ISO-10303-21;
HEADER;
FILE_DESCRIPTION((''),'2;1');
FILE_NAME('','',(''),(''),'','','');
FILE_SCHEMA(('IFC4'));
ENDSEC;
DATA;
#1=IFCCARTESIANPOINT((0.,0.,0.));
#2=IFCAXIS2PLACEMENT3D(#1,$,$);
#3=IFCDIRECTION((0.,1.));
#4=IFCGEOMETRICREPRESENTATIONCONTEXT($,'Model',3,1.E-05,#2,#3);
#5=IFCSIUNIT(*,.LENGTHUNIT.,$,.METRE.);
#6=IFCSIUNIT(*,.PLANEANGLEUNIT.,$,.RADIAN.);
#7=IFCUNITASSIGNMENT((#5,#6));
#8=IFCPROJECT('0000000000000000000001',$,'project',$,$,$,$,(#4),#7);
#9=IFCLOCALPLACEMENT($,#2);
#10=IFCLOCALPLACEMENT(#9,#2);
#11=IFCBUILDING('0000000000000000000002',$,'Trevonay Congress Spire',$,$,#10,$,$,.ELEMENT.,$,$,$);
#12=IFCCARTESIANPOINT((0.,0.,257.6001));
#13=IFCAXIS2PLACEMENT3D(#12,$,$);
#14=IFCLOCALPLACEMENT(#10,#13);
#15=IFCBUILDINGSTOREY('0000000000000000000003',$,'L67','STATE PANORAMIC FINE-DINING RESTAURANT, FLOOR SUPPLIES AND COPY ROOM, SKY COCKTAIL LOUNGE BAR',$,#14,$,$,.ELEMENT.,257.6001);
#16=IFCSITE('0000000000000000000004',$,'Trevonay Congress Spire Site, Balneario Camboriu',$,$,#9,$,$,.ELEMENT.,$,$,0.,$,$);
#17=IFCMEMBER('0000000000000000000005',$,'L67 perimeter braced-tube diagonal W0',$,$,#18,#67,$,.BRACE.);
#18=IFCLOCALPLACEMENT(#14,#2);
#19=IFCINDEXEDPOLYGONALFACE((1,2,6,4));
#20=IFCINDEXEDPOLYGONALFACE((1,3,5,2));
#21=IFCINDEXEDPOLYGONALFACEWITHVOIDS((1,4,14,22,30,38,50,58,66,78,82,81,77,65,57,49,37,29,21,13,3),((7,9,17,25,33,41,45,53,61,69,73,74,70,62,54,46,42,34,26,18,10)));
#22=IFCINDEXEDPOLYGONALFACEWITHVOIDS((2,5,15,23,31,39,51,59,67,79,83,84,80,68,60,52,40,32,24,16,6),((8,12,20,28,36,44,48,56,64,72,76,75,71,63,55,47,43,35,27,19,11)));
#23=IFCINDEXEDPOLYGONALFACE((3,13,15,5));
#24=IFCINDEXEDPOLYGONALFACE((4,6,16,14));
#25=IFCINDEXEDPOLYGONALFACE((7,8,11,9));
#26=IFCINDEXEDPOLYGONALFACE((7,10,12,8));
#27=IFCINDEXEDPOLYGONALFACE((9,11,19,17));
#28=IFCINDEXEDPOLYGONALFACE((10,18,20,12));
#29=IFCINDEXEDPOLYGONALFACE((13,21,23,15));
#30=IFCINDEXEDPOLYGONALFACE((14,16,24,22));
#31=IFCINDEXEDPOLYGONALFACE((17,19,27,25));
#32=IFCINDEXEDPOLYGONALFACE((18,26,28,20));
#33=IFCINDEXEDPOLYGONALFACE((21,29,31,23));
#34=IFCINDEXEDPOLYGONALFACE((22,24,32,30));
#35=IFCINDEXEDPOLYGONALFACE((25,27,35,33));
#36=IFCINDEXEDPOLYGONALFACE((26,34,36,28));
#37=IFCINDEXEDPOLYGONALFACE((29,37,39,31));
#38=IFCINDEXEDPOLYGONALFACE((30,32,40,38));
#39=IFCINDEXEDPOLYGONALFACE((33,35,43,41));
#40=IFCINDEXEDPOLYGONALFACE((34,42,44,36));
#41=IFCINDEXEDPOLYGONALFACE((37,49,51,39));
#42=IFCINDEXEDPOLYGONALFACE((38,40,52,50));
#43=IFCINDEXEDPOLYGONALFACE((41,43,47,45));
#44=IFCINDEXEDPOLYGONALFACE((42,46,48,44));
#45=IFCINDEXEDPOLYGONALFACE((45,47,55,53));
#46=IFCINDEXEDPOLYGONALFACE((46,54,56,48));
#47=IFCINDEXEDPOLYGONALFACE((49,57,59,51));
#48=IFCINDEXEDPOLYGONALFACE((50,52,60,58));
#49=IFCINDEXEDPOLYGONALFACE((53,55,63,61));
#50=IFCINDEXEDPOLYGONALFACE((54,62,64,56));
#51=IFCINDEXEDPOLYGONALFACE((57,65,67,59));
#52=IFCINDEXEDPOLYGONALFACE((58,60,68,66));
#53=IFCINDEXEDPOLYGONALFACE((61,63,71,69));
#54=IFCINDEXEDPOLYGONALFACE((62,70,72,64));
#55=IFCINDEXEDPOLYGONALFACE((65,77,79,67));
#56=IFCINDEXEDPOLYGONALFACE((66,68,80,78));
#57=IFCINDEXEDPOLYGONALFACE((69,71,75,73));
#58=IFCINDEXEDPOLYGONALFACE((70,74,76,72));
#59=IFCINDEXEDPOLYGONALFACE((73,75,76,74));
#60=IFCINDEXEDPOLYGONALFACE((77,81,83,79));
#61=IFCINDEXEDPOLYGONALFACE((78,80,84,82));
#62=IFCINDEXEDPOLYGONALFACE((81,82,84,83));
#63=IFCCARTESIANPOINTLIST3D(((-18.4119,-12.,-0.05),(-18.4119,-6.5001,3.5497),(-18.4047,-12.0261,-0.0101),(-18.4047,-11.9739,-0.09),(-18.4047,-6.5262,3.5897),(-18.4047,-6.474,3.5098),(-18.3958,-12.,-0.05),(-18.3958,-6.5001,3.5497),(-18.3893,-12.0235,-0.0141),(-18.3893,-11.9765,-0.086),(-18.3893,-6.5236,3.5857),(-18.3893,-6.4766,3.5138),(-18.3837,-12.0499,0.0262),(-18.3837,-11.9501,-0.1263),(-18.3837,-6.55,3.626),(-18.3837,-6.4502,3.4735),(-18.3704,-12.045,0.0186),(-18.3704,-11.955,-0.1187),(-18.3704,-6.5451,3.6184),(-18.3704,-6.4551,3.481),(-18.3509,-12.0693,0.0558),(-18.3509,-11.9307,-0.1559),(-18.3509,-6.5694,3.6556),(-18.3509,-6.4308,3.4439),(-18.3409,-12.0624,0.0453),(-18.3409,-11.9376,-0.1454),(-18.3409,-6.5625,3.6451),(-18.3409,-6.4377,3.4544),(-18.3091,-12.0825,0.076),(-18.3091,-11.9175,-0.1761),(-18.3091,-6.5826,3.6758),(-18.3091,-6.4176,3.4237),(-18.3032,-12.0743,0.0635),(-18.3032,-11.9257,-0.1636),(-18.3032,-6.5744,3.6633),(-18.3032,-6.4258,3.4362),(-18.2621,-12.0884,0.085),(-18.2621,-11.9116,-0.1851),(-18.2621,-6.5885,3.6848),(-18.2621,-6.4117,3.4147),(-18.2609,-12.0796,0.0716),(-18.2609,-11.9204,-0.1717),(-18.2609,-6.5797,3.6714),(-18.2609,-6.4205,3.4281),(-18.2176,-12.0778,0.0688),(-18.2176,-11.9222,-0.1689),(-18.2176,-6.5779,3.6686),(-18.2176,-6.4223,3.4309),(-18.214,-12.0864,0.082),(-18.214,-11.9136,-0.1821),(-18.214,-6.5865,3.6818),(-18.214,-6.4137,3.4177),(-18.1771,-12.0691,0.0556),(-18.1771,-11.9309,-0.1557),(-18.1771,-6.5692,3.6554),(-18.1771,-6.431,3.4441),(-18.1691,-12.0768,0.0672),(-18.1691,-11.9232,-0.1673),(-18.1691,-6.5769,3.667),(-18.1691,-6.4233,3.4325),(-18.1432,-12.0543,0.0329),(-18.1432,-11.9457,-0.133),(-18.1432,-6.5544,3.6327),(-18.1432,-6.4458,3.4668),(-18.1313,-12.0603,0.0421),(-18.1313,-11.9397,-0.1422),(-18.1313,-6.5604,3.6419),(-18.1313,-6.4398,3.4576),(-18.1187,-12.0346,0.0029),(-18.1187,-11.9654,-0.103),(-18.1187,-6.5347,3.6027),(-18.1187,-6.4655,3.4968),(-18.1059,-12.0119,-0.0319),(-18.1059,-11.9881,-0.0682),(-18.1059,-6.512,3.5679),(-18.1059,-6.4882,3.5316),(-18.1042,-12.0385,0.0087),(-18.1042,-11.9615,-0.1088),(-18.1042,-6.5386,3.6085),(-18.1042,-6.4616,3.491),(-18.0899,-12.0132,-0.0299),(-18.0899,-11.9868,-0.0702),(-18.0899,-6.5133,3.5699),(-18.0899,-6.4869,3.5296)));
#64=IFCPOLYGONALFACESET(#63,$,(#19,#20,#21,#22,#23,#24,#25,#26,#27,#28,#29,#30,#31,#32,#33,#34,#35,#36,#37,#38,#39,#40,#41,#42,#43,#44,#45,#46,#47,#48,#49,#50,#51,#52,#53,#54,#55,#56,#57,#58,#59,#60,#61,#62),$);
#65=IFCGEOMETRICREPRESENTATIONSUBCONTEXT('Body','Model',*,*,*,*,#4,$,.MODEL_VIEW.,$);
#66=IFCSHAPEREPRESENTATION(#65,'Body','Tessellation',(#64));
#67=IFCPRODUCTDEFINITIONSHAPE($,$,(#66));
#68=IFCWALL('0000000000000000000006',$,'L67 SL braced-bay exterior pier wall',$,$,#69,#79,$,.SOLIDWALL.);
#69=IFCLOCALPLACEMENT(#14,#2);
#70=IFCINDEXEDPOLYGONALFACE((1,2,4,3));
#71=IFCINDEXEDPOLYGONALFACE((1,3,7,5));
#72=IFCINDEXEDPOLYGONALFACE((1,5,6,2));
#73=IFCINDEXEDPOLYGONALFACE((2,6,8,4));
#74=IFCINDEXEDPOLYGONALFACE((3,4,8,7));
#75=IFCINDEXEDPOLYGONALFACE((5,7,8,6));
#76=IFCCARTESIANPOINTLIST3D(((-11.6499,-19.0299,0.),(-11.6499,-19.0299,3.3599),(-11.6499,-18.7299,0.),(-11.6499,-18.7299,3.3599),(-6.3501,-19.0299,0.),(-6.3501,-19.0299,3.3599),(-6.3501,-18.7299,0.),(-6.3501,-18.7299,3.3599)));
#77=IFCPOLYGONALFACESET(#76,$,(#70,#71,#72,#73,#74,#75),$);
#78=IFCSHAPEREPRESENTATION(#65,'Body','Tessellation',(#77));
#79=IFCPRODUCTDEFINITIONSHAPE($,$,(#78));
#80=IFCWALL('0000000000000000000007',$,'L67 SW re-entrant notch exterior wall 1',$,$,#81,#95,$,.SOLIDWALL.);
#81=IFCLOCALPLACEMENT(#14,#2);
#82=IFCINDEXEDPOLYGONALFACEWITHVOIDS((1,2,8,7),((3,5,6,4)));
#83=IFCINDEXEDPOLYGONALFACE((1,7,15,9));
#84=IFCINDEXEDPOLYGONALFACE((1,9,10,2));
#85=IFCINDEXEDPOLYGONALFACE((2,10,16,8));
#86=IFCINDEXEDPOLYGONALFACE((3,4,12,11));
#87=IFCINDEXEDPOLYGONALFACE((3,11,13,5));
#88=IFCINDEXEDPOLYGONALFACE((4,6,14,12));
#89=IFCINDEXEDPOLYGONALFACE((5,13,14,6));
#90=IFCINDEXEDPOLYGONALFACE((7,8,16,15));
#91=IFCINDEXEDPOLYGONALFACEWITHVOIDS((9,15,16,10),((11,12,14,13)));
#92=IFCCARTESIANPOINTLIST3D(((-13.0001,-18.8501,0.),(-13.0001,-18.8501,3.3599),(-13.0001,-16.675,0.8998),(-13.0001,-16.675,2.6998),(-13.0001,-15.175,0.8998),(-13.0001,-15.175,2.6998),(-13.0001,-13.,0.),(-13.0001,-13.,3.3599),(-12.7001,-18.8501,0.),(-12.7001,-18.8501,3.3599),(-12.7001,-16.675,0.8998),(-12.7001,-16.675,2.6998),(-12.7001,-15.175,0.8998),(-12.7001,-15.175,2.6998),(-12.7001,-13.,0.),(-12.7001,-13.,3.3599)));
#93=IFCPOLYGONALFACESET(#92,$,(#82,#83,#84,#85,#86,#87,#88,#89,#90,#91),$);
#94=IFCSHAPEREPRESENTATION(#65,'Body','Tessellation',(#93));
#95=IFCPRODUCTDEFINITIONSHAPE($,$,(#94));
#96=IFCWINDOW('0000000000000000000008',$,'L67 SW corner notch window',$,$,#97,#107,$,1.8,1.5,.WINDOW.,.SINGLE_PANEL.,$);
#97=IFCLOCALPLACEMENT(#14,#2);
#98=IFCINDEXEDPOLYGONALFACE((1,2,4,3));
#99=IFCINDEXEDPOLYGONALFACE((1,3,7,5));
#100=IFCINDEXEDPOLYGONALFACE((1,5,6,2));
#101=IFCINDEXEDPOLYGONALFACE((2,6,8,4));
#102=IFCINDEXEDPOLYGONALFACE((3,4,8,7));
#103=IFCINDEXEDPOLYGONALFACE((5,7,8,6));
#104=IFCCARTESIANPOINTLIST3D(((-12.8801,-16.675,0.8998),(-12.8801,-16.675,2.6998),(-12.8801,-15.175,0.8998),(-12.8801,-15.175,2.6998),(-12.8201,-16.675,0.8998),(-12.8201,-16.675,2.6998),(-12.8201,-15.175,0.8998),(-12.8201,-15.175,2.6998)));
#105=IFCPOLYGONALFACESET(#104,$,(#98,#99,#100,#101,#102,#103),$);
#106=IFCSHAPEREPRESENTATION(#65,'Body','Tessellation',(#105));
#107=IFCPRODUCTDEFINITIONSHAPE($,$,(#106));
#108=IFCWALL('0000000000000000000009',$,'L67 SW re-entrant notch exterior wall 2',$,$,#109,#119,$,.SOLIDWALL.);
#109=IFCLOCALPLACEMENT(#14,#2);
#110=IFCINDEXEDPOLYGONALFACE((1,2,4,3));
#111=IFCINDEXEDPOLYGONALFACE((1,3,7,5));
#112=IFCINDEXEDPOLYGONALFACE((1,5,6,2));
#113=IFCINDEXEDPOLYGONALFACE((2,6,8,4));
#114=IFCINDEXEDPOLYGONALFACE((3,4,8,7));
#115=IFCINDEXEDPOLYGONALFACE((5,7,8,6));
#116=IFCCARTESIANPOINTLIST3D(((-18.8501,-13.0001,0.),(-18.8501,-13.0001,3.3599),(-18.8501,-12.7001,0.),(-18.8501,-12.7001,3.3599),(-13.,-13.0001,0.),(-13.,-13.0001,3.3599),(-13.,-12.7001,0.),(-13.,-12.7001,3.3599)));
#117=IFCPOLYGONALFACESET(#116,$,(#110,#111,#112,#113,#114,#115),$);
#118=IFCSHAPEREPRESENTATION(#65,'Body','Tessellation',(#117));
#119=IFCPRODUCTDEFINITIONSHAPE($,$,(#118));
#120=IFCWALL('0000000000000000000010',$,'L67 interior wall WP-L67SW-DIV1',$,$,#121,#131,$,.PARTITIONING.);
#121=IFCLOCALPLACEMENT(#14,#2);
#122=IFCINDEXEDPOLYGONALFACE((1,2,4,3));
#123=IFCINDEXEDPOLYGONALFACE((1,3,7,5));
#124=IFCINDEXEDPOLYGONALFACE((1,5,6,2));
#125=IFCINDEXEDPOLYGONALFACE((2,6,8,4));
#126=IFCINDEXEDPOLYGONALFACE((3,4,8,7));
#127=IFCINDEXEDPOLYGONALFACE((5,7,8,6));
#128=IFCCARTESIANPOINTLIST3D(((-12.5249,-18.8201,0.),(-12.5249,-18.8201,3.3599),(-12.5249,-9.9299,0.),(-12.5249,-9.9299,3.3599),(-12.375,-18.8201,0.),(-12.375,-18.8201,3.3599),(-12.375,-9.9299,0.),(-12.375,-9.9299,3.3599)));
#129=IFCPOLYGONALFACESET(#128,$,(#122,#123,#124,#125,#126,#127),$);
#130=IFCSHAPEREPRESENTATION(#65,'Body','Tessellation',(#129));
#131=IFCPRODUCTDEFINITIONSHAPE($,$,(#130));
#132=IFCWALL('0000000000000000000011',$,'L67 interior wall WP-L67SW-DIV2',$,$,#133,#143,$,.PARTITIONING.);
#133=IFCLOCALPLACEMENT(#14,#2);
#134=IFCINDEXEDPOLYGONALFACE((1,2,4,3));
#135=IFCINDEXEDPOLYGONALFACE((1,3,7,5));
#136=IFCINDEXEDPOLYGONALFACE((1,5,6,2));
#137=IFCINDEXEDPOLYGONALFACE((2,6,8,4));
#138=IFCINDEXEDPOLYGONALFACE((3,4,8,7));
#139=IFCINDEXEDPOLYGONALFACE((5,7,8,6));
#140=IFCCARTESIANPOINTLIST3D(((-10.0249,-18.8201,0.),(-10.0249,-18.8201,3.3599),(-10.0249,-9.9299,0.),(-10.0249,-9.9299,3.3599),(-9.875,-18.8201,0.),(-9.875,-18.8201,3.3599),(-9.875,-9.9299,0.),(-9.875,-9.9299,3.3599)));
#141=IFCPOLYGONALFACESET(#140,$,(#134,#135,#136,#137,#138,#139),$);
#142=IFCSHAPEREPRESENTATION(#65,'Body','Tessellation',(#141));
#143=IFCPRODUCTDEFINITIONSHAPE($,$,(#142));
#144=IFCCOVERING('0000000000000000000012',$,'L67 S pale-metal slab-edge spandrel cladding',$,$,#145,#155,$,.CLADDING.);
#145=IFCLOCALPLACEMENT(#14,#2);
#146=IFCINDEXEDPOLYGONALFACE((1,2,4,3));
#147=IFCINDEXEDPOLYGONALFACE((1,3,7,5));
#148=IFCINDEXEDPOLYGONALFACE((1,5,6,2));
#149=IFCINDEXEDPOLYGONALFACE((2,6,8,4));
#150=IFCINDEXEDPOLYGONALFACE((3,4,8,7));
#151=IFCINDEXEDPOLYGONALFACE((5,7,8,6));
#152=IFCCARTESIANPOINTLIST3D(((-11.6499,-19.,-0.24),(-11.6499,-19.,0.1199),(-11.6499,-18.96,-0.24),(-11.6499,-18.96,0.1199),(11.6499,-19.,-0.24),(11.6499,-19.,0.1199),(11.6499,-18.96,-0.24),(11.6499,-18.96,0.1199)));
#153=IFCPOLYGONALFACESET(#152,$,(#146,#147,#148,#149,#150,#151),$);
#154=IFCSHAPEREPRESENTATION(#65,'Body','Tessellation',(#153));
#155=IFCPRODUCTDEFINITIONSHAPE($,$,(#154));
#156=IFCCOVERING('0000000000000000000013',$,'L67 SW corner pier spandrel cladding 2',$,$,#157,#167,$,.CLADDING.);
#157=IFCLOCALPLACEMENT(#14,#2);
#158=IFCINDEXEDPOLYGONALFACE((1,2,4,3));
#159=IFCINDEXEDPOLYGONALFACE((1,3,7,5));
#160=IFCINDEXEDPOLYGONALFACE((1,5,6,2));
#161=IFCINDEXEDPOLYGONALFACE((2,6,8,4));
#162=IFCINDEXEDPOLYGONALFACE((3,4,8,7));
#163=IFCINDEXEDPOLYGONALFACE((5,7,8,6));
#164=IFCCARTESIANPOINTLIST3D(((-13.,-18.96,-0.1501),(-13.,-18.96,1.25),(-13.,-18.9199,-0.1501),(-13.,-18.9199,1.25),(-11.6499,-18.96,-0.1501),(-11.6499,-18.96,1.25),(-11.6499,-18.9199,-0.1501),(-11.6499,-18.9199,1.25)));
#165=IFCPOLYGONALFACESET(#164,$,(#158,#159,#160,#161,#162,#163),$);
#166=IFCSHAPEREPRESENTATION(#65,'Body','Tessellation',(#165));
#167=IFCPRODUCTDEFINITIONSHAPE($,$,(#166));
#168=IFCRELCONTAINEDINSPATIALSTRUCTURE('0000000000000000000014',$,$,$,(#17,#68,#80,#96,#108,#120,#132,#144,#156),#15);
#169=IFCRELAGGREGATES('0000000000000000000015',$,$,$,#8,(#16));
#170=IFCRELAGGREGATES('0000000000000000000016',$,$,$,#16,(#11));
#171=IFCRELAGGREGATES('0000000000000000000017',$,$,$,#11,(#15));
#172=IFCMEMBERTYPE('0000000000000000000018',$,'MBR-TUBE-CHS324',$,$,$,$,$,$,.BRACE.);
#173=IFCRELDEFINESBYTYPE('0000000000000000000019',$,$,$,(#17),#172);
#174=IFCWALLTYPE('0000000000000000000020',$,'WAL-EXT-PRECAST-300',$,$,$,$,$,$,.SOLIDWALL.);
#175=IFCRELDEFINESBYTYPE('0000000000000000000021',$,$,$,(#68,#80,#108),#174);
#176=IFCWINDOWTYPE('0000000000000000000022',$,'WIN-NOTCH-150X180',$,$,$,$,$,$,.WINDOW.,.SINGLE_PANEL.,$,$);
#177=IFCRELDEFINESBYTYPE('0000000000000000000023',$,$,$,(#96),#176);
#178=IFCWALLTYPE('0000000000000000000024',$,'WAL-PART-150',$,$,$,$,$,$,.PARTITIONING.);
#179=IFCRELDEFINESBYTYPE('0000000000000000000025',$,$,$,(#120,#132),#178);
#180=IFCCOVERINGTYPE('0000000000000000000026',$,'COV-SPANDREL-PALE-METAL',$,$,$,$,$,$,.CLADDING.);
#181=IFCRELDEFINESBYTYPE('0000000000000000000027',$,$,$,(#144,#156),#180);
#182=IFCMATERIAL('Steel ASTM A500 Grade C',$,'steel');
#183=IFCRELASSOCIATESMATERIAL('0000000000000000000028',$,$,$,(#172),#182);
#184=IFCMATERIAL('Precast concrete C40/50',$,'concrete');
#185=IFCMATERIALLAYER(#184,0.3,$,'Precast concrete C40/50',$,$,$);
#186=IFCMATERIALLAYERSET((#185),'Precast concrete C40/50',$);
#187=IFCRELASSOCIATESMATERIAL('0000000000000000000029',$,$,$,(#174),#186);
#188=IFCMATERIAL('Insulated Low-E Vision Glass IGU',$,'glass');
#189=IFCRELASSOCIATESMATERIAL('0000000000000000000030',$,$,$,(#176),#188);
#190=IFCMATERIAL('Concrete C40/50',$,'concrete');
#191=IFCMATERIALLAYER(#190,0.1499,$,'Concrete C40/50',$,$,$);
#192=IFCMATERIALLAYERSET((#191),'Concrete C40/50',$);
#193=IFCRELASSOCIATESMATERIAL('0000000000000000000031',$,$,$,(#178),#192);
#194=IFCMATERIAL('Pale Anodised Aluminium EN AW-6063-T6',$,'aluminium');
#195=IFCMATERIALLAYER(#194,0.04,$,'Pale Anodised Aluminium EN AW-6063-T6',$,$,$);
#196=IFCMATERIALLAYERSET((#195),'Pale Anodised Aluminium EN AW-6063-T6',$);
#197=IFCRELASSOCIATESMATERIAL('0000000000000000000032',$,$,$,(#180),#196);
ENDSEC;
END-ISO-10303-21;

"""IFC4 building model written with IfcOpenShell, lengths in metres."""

from ifc_helpers import new_model, si_unit, direction, frame, frame_2d, origin, origin_2d, place, context, subcontext, project, spatial, rectangle, hollow_circle, extrude, material, layer, layer_set, material_profile, profile_set, type_object, element, fill, save


model = new_model("IFC4")

# Units and contexts
model_context = context("Model", 3, precision=1e-05, world=origin(), true_north=direction((0.0, 1.0)))
body_context = subcontext(model_context, "Body", "Model", "MODEL_VIEW")
ifc_project = project(units=[si_unit("LENGTHUNIT", "METRE"), si_unit("PLANEANGLEUNIT", "RADIAN")], contexts=[model_context])

# Site, building, storey
site_placement = place(None, origin())
site = spatial("IfcSite", under=ifc_project, at=site_placement, Name="Trevonay Congress Spire Site, Balneario Camboriu", CompositionType="ELEMENT", RefElevation=0.0)
building_placement = place(site_placement, origin())
building = spatial("IfcBuilding", under=site, at=building_placement, Name="Trevonay Congress Spire", CompositionType="ELEMENT")
storey_placement = place(building_placement, frame((0.0, 0.0, 257.6001)))
storey = spatial("IfcBuildingStorey", under=building, at=storey_placement, Name="L67", Description="STATE PANORAMIC FINE-DINING RESTAURANT, FLOOR SUPPLIES AND COPY ROOM, SKY COCKTAIL LOUNGE BAR", CompositionType="ELEMENT", Elevation=257.6001)

# Member
ifc_material_1 = material(Name="Steel ASTM A500 Grade C", Category="steel")
ifc_material_profile_1 = material_profile(ifc_material_1, hollow_circle(Radius=0.1619, WallThickness=0.0161, at=origin_2d()), Name="CHS 323.9x16")
ifc_profile_set_1 = profile_set([ifc_material_profile_1], Name="Steel ASTM A500 Grade C")
member_type = type_object("IfcMemberType", Name="MBR-TUBE-CHS324", PredefinedType="BRACE", material=ifc_profile_set_1)
for number, where, z_axis, x_axis, name in (
    (1, (-18.25, -12.0, -0.05), (0.0, 0.836712, 0.547644), (-1.0, 0.0, 0.0), "L67 perimeter braced-tube diagonal W0"),
):
    element("IfcMember", number, at=place(storey_placement, frame(where, z_axis=z_axis, x_axis=x_axis)), inside=storey, type_object=member_type, Name=name, PredefinedType="BRACE", context=body_context, shape_type="SweptSolid", body=[
        extrude(hollow_circle(Radius=0.1619, WallThickness=0.0161, at=origin_2d()), origin(), (0.0, 0.0, 1.0), 6.5732),
    ])

# Wall
ifc_material_2 = material(Name="Precast concrete C40/50", Category="concrete")
ifc_layer_1 = layer(ifc_material_2, 0.3, Name="Precast concrete C40/50")
ifc_layer_set_1 = layer_set([ifc_layer_1], Name="Precast concrete C40/50")
wall_type_1 = type_object("IfcWallType", Name="WAL-EXT-PRECAST-300", PredefinedType="SOLIDWALL", material=ifc_layer_set_1)
wall_1_placement = place(storey_placement, frame((-11.6499, -18.8799, 0.0), z_axis=(0.0, 0.0, 1.0), x_axis=(1.0, 0.0, 0.0)))
element("IfcWall", 2, at=wall_1_placement, inside=storey, type_object=wall_type_1, Name="L67 SL braced-bay exterior pier wall", PredefinedType="SOLIDWALL", context=body_context, shape_type="SweptSolid", body=[
    extrude(rectangle(XDim=5.2998, YDim=0.3, at=frame_2d((2.6499, 0.0))), origin(), (0.0, 0.0, 1.0), 3.3599),
])

# Wall, opening, window
wall_2_placement = place(storey_placement, frame((-12.8501, -18.8501, 0.0), z_axis=(0.0, 0.0, 1.0), x_axis=(0.0, 1.0, 0.0)))
wall_2 = element("IfcWall", 3, at=wall_2_placement, inside=storey, type_object=wall_type_1, Name="L67 SW re-entrant notch exterior wall 1", PredefinedType="SOLIDWALL", context=body_context, shape_type="SweptSolid", body=[
    extrude(rectangle(XDim=5.8501, YDim=0.3, at=frame_2d((2.925, 0.0))), origin(), (0.0, 0.0, 1.0), 3.3599),
])
opening_placement = place(wall_2_placement, frame((2.175, 0.0, 0.8999)))
opening = element("IfcOpeningElement", 4, at=opening_placement, cuts=wall_2, PredefinedType="OPENING", context=body_context, shape_type="SweptSolid", body=[
    extrude(rectangle(XDim=1.5, YDim=1.8, at=frame_2d((0.75, 0.8999))), frame((0.0, 0.1602, 0.0), z_axis=(0.0, -1.0, 0.0), x_axis=(1.0, 0.0, 0.0)), (0.0, 0.0, 1.0), 0.3201),
])
ifc_material_3 = material(Name="Insulated Low-E Vision Glass IGU", Category="glass")
window_type = type_object("IfcWindowType", Name="WIN-NOTCH-150X180", PartitioningType="SINGLE_PANEL", PredefinedType="WINDOW", material=ifc_material_3)
window_placement = place(opening_placement, origin())
window = element("IfcWindow", 5, at=window_placement, inside=storey, type_object=window_type, Name="L67 SW corner notch window", OverallHeight=1.8, OverallWidth=1.5, PartitioningType="SINGLE_PANEL", PredefinedType="WINDOW", context=body_context, shape_type="SweptSolid", body=[
    extrude(rectangle(XDim=1.5, YDim=1.8, at=frame_2d((0.75, 0.8999))), frame((0.0, 0.03, 0.0), z_axis=(0.0, -1.0, 0.0), x_axis=(1.0, 0.0, 0.0)), (0.0, 0.0, 1.0), 0.0601),
])
fill(opening, window)

# Walls
wall_3_placement = place(storey_placement, frame((-18.8501, -12.8501, 0.0), z_axis=(0.0, 0.0, 1.0), x_axis=(1.0, 0.0, 0.0)))
element("IfcWall", 6, at=wall_3_placement, inside=storey, type_object=wall_type_1, Name="L67 SW re-entrant notch exterior wall 2", PredefinedType="SOLIDWALL", context=body_context, shape_type="SweptSolid", body=[
    extrude(rectangle(XDim=5.8501, YDim=0.3, at=frame_2d((2.925, 0.0))), origin(), (0.0, 0.0, 1.0), 3.3599),
])
ifc_material_4 = material(Name="Concrete C40/50", Category="concrete")
ifc_layer_2 = layer(ifc_material_4, 0.1499, Name="Concrete C40/50")
ifc_layer_set_2 = layer_set([ifc_layer_2], Name="Concrete C40/50")
wall_type_2 = type_object("IfcWallType", Name="WAL-PART-150", PredefinedType="PARTITIONING", material=ifc_layer_set_2)
for number, where, z_axis, x_axis, name in (
    (7, (-12.45, -18.8201, 0.0), (0.0, 0.0, 1.0), (0.0, 1.0, 0.0), "L67 interior wall WP-L67SW-DIV1"),
    (8, (-9.95, -18.8201, 0.0), (0.0, 0.0, 1.0), (0.0, 1.0, 0.0), "L67 interior wall WP-L67SW-DIV2"),
):
    element("IfcWall", number, at=place(storey_placement, frame(where, z_axis=z_axis, x_axis=x_axis)), inside=storey, type_object=wall_type_2, Name=name, PredefinedType="PARTITIONING", context=body_context, shape_type="SweptSolid", body=[
        extrude(rectangle(XDim=8.8901, YDim=0.1499, at=frame_2d((4.4451, 0.0))), origin(), (0.0, 0.0, 1.0), 3.3599),
    ])

# Coverings
ifc_material_5 = material(Name="Pale Anodised Aluminium EN AW-6063-T6", Category="aluminium")
ifc_layer_3 = layer(ifc_material_5, 0.04, Name="Pale Anodised Aluminium EN AW-6063-T6")
ifc_layer_set_3 = layer_set([ifc_layer_3], Name="Pale Anodised Aluminium EN AW-6063-T6")
covering_type = type_object("IfcCoveringType", Name="COV-SPANDREL-PALE-METAL", PredefinedType="CLADDING", material=ifc_layer_set_3)
covering_1_placement = place(storey_placement, frame((-11.6499, -18.98, -0.24), z_axis=(0.0, 0.0, 1.0), x_axis=(1.0, 0.0, 0.0)))
element("IfcCovering", 9, at=covering_1_placement, inside=storey, type_object=covering_type, Name="L67 S pale-metal slab-edge spandrel cladding", PredefinedType="CLADDING", context=body_context, shape_type="SweptSolid", body=[
    extrude(rectangle(XDim=23.2998, YDim=0.04, at=frame_2d((11.6499, 0.0))), origin(), (0.0, 0.0, 1.0), 0.3599),
])
covering_2_placement = place(storey_placement, frame((-11.6499, -18.9399, -0.1501), z_axis=(0.0, 0.0, 1.0), x_axis=(-1.0, 0.0, 0.0)))
element("IfcCovering", 10, at=covering_2_placement, inside=storey, type_object=covering_type, Name="L67 SW corner pier spandrel cladding 2", PredefinedType="CLADDING", context=body_context, shape_type="SweptSolid", body=[
    extrude(rectangle(XDim=1.3501, YDim=0.04, at=frame_2d((0.675, 0.0))), origin(), (0.0, 0.0, 1.0), 1.4001),
])

save(model, "model.ifc")
